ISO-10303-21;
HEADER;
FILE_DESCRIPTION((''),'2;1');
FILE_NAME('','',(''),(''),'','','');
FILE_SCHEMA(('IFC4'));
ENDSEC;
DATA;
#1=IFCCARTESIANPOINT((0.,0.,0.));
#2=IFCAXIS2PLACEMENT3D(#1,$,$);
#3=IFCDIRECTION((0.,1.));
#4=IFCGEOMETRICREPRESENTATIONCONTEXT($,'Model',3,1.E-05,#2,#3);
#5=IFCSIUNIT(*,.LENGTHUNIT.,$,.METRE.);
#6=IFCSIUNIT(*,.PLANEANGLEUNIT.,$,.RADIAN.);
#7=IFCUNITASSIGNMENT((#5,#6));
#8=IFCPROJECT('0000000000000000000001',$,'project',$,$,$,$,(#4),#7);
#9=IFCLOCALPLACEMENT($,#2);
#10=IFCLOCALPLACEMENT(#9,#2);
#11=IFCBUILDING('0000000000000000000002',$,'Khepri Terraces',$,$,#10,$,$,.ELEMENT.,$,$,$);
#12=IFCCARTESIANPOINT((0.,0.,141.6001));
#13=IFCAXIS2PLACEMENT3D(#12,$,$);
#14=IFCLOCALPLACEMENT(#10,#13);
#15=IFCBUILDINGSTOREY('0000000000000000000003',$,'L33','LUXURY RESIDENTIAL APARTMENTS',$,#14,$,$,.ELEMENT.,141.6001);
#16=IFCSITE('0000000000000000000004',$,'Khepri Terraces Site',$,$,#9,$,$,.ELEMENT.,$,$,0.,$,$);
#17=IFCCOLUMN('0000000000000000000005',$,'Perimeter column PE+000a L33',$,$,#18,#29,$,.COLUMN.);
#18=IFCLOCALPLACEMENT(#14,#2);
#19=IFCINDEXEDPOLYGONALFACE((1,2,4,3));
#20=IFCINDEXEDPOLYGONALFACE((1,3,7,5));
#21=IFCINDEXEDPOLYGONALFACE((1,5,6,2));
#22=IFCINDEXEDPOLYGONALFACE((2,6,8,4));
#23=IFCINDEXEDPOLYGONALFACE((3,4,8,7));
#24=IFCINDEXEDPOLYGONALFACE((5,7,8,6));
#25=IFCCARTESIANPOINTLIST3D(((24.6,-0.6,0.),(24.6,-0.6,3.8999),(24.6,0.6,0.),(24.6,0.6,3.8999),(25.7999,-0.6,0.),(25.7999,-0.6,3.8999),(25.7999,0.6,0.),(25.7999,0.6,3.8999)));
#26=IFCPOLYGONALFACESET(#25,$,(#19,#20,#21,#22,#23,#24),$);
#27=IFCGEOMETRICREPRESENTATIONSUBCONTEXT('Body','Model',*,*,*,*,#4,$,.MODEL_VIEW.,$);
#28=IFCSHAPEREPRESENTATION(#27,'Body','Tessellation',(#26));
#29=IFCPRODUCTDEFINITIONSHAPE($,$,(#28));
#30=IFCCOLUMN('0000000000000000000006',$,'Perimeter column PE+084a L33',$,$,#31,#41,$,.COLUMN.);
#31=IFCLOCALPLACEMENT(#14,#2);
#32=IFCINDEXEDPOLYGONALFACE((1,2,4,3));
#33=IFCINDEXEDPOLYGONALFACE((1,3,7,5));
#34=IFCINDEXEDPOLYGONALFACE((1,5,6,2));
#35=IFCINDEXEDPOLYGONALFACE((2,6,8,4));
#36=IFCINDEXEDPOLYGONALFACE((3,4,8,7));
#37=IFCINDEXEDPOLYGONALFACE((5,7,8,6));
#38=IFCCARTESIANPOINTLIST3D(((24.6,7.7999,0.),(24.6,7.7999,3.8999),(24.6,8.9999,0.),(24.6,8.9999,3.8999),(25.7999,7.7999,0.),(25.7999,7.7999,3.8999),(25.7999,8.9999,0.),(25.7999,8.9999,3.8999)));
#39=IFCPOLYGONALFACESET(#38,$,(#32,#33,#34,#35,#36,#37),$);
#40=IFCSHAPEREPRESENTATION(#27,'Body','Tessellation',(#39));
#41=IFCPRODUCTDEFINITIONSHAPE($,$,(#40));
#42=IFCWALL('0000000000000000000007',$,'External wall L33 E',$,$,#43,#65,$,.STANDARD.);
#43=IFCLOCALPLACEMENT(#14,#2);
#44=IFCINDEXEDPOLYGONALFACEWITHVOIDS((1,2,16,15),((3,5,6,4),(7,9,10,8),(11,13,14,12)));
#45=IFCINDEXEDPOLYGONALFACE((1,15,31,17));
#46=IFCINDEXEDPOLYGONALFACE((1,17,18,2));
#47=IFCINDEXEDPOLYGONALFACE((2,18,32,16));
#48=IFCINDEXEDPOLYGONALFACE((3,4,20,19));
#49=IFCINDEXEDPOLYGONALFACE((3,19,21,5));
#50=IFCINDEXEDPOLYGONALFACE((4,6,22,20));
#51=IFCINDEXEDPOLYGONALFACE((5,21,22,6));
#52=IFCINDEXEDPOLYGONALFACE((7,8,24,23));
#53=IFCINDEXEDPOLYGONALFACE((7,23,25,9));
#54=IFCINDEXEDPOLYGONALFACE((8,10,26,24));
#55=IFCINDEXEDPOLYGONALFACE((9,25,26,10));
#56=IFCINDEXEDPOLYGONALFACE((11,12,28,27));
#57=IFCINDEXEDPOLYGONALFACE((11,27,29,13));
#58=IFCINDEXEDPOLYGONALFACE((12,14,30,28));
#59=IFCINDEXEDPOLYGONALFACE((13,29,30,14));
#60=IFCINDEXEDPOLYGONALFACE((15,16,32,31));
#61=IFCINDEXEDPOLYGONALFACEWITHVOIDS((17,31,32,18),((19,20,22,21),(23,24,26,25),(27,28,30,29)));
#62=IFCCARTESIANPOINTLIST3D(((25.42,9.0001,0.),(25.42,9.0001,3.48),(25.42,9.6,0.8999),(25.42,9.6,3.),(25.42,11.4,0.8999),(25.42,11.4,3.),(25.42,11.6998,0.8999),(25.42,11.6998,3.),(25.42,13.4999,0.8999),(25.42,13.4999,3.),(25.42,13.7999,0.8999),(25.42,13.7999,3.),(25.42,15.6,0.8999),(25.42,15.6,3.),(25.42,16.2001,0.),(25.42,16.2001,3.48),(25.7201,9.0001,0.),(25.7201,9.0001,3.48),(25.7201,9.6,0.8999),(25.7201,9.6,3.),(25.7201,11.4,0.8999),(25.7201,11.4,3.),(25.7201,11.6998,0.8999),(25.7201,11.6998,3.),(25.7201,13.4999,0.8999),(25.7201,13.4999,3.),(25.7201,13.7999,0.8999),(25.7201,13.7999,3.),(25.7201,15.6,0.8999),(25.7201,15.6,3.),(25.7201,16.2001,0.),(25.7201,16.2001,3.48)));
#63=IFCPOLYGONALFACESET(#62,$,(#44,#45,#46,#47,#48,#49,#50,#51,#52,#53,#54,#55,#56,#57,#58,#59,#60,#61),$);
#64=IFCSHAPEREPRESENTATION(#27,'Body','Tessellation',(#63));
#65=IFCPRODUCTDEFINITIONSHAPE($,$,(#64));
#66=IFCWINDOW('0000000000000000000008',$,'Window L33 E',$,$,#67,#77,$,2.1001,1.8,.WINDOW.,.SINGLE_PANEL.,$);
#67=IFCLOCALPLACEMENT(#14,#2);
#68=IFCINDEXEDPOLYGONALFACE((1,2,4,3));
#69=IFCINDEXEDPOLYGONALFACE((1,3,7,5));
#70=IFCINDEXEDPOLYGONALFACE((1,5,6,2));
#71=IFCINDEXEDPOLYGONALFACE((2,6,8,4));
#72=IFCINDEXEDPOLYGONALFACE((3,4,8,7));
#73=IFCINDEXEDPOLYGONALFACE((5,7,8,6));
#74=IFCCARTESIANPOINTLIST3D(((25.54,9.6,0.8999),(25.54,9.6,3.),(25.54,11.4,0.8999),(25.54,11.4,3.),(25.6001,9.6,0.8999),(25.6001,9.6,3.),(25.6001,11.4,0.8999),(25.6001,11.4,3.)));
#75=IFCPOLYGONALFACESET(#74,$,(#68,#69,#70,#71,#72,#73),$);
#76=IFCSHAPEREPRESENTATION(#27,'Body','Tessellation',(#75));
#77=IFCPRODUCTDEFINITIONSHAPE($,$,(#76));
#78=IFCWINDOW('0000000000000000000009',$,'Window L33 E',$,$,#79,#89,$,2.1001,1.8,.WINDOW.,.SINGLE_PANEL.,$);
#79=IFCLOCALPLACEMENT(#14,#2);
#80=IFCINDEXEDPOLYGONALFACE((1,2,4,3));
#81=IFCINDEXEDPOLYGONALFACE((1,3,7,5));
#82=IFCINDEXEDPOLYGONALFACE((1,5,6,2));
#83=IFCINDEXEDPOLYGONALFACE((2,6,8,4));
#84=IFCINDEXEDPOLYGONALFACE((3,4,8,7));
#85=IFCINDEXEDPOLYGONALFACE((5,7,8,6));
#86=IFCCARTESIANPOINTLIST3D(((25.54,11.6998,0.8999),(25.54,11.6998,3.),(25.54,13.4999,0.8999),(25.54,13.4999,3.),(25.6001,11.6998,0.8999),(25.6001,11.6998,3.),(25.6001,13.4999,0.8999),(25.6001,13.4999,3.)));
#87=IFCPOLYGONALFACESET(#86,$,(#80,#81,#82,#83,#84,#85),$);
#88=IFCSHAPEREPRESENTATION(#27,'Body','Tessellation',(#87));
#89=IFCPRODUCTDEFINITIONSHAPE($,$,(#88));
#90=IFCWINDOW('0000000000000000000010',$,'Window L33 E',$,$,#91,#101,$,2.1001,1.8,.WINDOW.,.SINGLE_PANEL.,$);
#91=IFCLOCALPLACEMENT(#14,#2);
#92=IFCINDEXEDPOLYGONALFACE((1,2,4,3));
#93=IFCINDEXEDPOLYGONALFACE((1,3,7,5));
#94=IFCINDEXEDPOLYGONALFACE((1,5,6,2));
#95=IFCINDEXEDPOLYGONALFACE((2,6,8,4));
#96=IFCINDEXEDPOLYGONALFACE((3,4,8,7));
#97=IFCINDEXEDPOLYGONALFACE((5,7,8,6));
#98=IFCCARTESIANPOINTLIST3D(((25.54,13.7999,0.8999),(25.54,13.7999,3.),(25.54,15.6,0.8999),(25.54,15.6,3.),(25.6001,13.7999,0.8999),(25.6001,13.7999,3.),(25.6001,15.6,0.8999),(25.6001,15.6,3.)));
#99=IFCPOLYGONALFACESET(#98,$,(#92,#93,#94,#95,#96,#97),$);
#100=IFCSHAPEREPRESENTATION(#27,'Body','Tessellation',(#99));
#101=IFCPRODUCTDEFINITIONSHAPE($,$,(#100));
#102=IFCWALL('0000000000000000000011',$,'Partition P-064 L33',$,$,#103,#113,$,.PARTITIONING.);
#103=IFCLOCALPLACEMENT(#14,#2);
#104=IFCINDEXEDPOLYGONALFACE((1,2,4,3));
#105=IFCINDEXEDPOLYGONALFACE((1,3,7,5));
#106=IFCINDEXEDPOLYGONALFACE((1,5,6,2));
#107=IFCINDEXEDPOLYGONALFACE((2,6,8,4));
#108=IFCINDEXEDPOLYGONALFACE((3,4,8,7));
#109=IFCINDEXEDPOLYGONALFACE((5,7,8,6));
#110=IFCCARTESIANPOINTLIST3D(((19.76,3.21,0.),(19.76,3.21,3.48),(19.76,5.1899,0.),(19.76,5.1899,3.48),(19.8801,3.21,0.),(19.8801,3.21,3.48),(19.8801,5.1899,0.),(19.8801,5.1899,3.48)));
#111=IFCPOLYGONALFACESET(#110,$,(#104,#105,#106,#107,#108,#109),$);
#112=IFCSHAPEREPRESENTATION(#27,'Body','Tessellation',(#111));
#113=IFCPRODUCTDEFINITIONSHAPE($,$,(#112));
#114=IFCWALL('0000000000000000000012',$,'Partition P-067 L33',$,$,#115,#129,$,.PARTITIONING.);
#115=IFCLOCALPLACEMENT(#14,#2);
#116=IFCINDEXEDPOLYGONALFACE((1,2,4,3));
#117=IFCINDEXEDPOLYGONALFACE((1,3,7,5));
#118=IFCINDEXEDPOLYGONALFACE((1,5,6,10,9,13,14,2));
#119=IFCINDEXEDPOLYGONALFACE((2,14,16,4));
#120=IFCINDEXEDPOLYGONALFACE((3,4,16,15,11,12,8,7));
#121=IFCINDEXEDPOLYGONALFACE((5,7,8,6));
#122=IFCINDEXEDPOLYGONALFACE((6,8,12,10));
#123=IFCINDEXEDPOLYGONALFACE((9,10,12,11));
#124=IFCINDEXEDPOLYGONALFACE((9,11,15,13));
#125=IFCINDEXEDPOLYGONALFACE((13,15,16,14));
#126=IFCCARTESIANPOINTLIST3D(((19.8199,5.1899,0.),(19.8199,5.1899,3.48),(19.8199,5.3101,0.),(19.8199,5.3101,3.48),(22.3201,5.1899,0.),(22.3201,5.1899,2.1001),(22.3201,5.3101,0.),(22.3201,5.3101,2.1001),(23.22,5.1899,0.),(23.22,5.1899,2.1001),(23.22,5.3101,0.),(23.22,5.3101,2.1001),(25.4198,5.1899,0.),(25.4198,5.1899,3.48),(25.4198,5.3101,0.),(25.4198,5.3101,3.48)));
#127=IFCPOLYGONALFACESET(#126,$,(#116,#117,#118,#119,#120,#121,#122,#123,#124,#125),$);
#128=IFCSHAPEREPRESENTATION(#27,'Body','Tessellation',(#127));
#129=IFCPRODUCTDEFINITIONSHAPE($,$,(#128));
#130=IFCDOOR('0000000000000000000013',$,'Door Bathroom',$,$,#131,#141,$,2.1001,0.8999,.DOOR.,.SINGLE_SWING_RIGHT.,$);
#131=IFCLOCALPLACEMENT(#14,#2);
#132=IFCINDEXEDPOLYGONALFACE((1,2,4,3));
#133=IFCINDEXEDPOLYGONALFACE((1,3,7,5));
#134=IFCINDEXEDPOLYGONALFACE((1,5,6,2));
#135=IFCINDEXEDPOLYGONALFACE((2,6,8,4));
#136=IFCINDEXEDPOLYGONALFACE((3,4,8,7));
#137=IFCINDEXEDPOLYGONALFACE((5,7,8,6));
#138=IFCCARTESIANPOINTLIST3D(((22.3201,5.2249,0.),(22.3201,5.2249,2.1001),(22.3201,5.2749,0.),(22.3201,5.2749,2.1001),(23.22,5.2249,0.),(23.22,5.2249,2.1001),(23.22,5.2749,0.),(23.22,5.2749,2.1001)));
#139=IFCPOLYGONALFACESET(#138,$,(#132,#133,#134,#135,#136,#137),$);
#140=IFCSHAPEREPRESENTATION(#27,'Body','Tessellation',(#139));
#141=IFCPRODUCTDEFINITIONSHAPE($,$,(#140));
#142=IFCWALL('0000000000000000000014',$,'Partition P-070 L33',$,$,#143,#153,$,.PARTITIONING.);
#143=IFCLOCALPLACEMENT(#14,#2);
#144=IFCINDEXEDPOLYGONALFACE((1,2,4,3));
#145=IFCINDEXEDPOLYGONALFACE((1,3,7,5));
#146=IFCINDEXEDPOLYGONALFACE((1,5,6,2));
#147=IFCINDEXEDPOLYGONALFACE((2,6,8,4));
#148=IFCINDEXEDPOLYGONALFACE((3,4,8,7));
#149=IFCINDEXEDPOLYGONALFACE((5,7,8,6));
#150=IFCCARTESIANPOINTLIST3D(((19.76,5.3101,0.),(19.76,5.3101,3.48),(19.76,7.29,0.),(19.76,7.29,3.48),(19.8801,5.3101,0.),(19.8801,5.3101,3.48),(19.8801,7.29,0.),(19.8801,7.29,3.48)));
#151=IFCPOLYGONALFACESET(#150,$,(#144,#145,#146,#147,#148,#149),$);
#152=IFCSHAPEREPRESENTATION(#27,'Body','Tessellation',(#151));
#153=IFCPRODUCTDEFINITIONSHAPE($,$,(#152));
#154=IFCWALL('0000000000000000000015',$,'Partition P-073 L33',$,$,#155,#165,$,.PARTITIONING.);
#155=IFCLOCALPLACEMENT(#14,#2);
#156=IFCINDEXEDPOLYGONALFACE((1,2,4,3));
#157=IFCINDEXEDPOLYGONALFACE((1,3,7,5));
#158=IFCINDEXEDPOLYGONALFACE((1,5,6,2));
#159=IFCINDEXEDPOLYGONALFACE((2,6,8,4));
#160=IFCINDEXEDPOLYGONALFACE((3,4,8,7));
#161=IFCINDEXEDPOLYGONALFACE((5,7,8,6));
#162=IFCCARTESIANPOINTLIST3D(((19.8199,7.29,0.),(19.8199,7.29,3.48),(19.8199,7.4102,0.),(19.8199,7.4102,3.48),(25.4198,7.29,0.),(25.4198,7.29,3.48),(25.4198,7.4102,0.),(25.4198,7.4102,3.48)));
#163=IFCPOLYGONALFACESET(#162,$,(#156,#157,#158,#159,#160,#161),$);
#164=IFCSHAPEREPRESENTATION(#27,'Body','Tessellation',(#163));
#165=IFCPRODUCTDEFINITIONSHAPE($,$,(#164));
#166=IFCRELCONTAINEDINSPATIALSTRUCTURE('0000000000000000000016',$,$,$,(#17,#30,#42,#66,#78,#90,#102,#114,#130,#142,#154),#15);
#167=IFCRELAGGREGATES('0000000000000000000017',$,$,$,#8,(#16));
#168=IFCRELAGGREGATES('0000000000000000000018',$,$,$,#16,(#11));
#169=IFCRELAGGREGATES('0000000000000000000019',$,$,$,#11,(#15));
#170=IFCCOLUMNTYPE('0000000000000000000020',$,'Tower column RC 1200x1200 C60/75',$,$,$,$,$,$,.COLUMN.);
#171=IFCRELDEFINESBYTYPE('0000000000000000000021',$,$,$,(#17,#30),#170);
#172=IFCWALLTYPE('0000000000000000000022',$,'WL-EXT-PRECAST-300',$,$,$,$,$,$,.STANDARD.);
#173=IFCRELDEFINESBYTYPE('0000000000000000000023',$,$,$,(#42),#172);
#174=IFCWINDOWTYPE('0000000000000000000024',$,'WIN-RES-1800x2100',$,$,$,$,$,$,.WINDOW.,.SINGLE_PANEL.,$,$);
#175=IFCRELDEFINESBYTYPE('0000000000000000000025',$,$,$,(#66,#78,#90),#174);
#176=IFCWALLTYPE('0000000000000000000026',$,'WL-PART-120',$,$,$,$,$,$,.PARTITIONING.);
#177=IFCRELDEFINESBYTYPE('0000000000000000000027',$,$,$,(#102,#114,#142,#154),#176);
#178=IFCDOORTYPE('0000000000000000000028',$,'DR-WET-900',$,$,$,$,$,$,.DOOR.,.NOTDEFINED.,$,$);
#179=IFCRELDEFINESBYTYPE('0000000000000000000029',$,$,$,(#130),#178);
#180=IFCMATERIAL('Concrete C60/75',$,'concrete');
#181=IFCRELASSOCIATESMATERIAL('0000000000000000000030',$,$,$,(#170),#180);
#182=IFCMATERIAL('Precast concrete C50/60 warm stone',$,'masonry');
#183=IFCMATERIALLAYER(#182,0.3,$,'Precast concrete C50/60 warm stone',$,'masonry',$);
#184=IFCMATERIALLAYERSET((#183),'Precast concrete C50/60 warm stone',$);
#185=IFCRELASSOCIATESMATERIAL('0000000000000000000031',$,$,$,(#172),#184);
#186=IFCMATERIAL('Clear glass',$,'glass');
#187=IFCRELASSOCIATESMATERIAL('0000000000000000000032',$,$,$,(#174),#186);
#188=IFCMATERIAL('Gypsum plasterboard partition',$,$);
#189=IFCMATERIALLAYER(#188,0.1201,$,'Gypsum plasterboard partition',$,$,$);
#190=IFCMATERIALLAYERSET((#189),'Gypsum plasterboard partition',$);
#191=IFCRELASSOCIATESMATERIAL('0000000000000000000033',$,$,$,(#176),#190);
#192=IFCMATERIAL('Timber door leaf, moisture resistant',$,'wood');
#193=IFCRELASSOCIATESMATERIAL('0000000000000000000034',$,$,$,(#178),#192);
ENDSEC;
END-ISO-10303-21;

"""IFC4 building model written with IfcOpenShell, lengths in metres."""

from ifc_helpers import new_model, si_unit, direction, frame, frame_2d, origin, origin_2d, place, context, subcontext, project, spatial, rectangle, extrude, material, layer, layer_set, material_profile, profile_set, type_object, element, fill, save


model = new_model("IFC4")

# Units and contexts
model_context = context("Model", 3, precision=1e-05, world=origin(), true_north=direction((0.0, 1.0)))
body_context = subcontext(model_context, "Body", "Model", "MODEL_VIEW")
ifc_project = project(units=[si_unit("LENGTHUNIT", "METRE"), si_unit("PLANEANGLEUNIT", "RADIAN")], contexts=[model_context])

# Site, building, storey
site_placement = place(None, origin())
site = spatial("IfcSite", under=ifc_project, at=site_placement, Name="Khepri Terraces Site", CompositionType="ELEMENT", RefElevation=0.0)
building_placement = place(site_placement, origin())
building = spatial("IfcBuilding", under=site, at=building_placement, Name="Khepri Terraces", CompositionType="ELEMENT")
storey_placement = place(building_placement, frame((0.0, 0.0, 141.6001)))
storey = spatial("IfcBuildingStorey", under=building, at=storey_placement, Name="L33", Description="LUXURY RESIDENTIAL APARTMENTS", CompositionType="ELEMENT", Elevation=141.6001)

# Columns
ifc_material_1 = material(Name="Concrete C60/75", Category="concrete")
ifc_material_profile = material_profile(ifc_material_1, rectangle(XDim=1.2, YDim=1.2, at=origin_2d()), Name="Concrete C60/75", Category="concrete")
ifc_profile_set = profile_set([ifc_material_profile], Name="Concrete C60/75")
column_type = type_object("IfcColumnType", Name="Tower column RC 1200x1200 C60/75", PredefinedType="COLUMN", material=ifc_profile_set)
for number, where, z_axis, x_axis, name in (
    (1, (25.2, 0.0, 0.0), (0.0, 0.0, 1.0), (1.0, 0.0, 0.0), "Perimeter column PE+000a L33"),
    (2, (25.2, 8.3999, 0.0), (0.0, 0.0, 1.0), (1.0, 0.0, 0.0), "Perimeter column PE+084a L33"),
):
    element("IfcColumn", number, at=place(storey_placement, frame(where, z_axis=z_axis, x_axis=x_axis)), inside=storey, type_object=column_type, Name=name, PredefinedType="COLUMN", context=body_context, shape_type="SweptSolid", body=[
        extrude(rectangle(XDim=1.2, YDim=1.2, at=origin_2d()), origin(), (0.0, 0.0, 1.0), 3.8999),
    ])

# Shared definitions
ifc_material_2 = material(Name="Precast concrete C50/60 warm stone", Category="masonry")
ifc_layer_1 = layer(ifc_material_2, 0.3, Name="Precast concrete C50/60 warm stone", Category="masonry")
ifc_layer_set_1 = layer_set([ifc_layer_1], Name="Precast concrete C50/60 warm stone")
wall_type_1 = type_object("IfcWallType", Name="WL-EXT-PRECAST-300", PredefinedType="STANDARD", material=ifc_layer_set_1)
ifc_material_3 = material(Name="Clear glass", Category="glass")
window_type = type_object("IfcWindowType", Name="WIN-RES-1800x2100", PartitioningType="SINGLE_PANEL", PredefinedType="WINDOW", material=ifc_material_3)

# Wall, openings, windows
wall_1_placement = place(storey_placement, frame((25.5701, 9.0, 0.0), z_axis=(0.0, 0.0, 1.0), x_axis=(0.0, 1.0, 0.0)))
wall_1 = element("IfcWall", 3, at=wall_1_placement, inside=storey, type_object=wall_type_1, Name="External wall L33 E", PredefinedType="STANDARD", context=body_context, shape_type="SweptSolid", body=[
    extrude(rectangle(XDim=7.2, YDim=0.3, at=frame_2d((3.6001, 0.0))), origin(), (0.0, 0.0, 1.0), 3.48),
])
opening_1_placement = place(wall_1_placement, frame((0.6001, 0.0, 0.8999)))
opening_1 = element("IfcOpeningElement", 4, at=opening_1_placement, cuts=wall_1, PredefinedType="OPENING", context=body_context, shape_type="SweptSolid", body=[
    extrude(rectangle(XDim=1.8, YDim=2.1001, at=frame_2d((0.8999, 1.05))), frame((0.0, 0.1602, 0.0), z_axis=(0.0, -1.0, 0.0), x_axis=(1.0, 0.0, 0.0)), (0.0, 0.0, 1.0), 0.3201),
])
opening_2_placement = place(wall_1_placement, frame((2.7, 0.0, 0.8999)))
opening_2 = element("IfcOpeningElement", 5, at=opening_2_placement, cuts=wall_1, PredefinedType="OPENING", context=body_context, shape_type="SweptSolid", body=[
    extrude(rectangle(XDim=1.8, YDim=2.1001, at=frame_2d((0.8999, 1.05))), frame((0.0, 0.1602, 0.0), z_axis=(0.0, -1.0, 0.0), x_axis=(1.0, 0.0, 0.0)), (0.0, 0.0, 1.0), 0.3201),
])
opening_3_placement = place(wall_1_placement, frame((4.8, 0.0, 0.8999)))
opening_3 = element("IfcOpeningElement", 6, at=opening_3_placement, cuts=wall_1, PredefinedType="OPENING", context=body_context, shape_type="SweptSolid", body=[
    extrude(rectangle(XDim=1.8, YDim=2.1001, at=frame_2d((0.8999, 1.05))), frame((0.0, 0.1602, 0.0), z_axis=(0.0, -1.0, 0.0), x_axis=(1.0, 0.0, 0.0)), (0.0, 0.0, 1.0), 0.3201),
])
window_1_placement = place(opening_1_placement, origin())
window_1 = element("IfcWindow", 7, at=window_1_placement, inside=storey, type_object=window_type, Name="Window L33 E", OverallHeight=2.1001, OverallWidth=1.8, PartitioningType="SINGLE_PANEL", PredefinedType="WINDOW", context=body_context, shape_type="SweptSolid", body=[
    extrude(rectangle(XDim=1.8, YDim=2.1001, at=frame_2d((0.8999, 1.05))), frame((0.0, 0.03, 0.0), z_axis=(0.0, -1.0, 0.0), x_axis=(1.0, 0.0, 0.0)), (0.0, 0.0, 1.0), 0.0601),
])
fill(opening_1, window_1)
window_2_placement = place(opening_2_placement, origin())
window_2 = element("IfcWindow", 8, at=window_2_placement, inside=storey, type_object=window_type, Name="Window L33 E", OverallHeight=2.1001, OverallWidth=1.8, PartitioningType="SINGLE_PANEL", PredefinedType="WINDOW", context=body_context, shape_type="SweptSolid", body=[
    extrude(rectangle(XDim=1.8, YDim=2.1001, at=frame_2d((0.8999, 1.05))), frame((0.0, 0.03, 0.0), z_axis=(0.0, -1.0, 0.0), x_axis=(1.0, 0.0, 0.0)), (0.0, 0.0, 1.0), 0.0601),
])
fill(opening_2, window_2)
window_3_placement = place(opening_3_placement, origin())
window_3 = element("IfcWindow", 9, at=window_3_placement, inside=storey, type_object=window_type, Name="Window L33 E", OverallHeight=2.1001, OverallWidth=1.8, PartitioningType="SINGLE_PANEL", PredefinedType="WINDOW", context=body_context, shape_type="SweptSolid", body=[
    extrude(rectangle(XDim=1.8, YDim=2.1001, at=frame_2d((0.8999, 1.05))), frame((0.0, 0.03, 0.0), z_axis=(0.0, -1.0, 0.0), x_axis=(1.0, 0.0, 0.0)), (0.0, 0.0, 1.0), 0.0601),
])
fill(opening_3, window_3)

# Wall
ifc_material_4 = material(Name="Gypsum plasterboard partition")
ifc_layer_2 = layer(ifc_material_4, 0.1201, Name="Gypsum plasterboard partition")
ifc_layer_set_2 = layer_set([ifc_layer_2], Name="Gypsum plasterboard partition")
wall_type_2 = type_object("IfcWallType", Name="WL-PART-120", PredefinedType="PARTITIONING", material=ifc_layer_set_2)
wall_2_placement = place(storey_placement, frame((19.8201, 3.21, 0.0), z_axis=(0.0, 0.0, 1.0), x_axis=(0.0, 1.0, 0.0)))
element("IfcWall", 10, at=wall_2_placement, inside=storey, type_object=wall_type_2, Name="Partition P-064 L33", PredefinedType="PARTITIONING", context=body_context, shape_type="SweptSolid", body=[
    extrude(rectangle(XDim=1.98, YDim=0.1201, at=frame_2d((0.99, 0.0))), origin(), (0.0, 0.0, 1.0), 3.48),
])

# Wall, opening, door
wall_3_placement = place(storey_placement, frame((19.8201, 5.25, 0.0), z_axis=(0.0, 0.0, 1.0), x_axis=(1.0, 0.0, 0.0)))
wall_3 = element("IfcWall", 11, at=wall_3_placement, inside=storey, type_object=wall_type_2, Name="Partition P-067 L33", PredefinedType="PARTITIONING", context=body_context, shape_type="SweptSolid", body=[
    extrude(rectangle(XDim=5.5999, YDim=0.1201, at=frame_2d((2.7998, 0.0))), origin(), (0.0, 0.0, 1.0), 3.48),
])
opening_4_placement = place(wall_3_placement, frame((2.5, 0.0, 0.0)))
opening_4 = element("IfcOpeningElement", 12, at=opening_4_placement, cuts=wall_3, PredefinedType="OPENING", context=body_context, shape_type="SweptSolid", body=[
    extrude(rectangle(XDim=0.8999, YDim=2.1001, at=frame_2d((0.45, 1.05))), frame((0.0, 0.0701, 0.0), z_axis=(0.0, -1.0, 0.0), x_axis=(1.0, 0.0, 0.0)), (0.0, 0.0, 1.0), 0.1401),
])
ifc_material_5 = material(Name="Timber door leaf, moisture resistant", Category="wood")
door_type_1 = type_object("IfcDoorType", Name="DR-WET-900", OperationType="NOTDEFINED", PredefinedType="DOOR", material=ifc_material_5)
door_1_placement = place(opening_4_placement, origin())
door_1 = element("IfcDoor", 13, at=door_1_placement, inside=storey, type_object=door_type_1, Name="Door Bathroom", OperationType="SINGLE_SWING_RIGHT", OverallHeight=2.1001, OverallWidth=0.8999, PredefinedType="DOOR", context=body_context, shape_type="SweptSolid", body=[
    extrude(rectangle(XDim=0.8999, YDim=2.1001, at=frame_2d((0.45, 1.05))), frame((0.0, 0.0249, 0.0), z_axis=(0.0, -1.0, 0.0), x_axis=(1.0, 0.0, 0.0)), (0.0, 0.0, 1.0), 0.05),
])
fill(opening_4, door_1)

# Walls
wall_4_placement = place(storey_placement, frame((19.8201, 5.3101, 0.0), z_axis=(0.0, 0.0, 1.0), x_axis=(0.0, 1.0, 0.0)))
element("IfcWall", 14, at=wall_4_placement, inside=storey, type_object=wall_type_2, Name="Partition P-070 L33", PredefinedType="PARTITIONING", context=body_context, shape_type="SweptSolid", body=[
    extrude(rectangle(XDim=1.98, YDim=0.1201, at=frame_2d((0.99, 0.0))), origin(), (0.0, 0.0, 1.0), 3.48),
])
wall_5_placement = place(storey_placement, frame((19.8201, 7.3501, 0.0), z_axis=(0.0, 0.0, 1.0), x_axis=(1.0, 0.0, 0.0)))
element("IfcWall", 15, at=wall_5_placement, inside=storey, type_object=wall_type_2, Name="Partition P-073 L33", PredefinedType="PARTITIONING", context=body_context, shape_type="SweptSolid", body=[
    extrude(rectangle(XDim=5.5999, YDim=0.1201, at=frame_2d((2.7998, 0.0))), origin(), (0.0, 0.0, 1.0), 3.48),
])

save(model, "model.ifc")
